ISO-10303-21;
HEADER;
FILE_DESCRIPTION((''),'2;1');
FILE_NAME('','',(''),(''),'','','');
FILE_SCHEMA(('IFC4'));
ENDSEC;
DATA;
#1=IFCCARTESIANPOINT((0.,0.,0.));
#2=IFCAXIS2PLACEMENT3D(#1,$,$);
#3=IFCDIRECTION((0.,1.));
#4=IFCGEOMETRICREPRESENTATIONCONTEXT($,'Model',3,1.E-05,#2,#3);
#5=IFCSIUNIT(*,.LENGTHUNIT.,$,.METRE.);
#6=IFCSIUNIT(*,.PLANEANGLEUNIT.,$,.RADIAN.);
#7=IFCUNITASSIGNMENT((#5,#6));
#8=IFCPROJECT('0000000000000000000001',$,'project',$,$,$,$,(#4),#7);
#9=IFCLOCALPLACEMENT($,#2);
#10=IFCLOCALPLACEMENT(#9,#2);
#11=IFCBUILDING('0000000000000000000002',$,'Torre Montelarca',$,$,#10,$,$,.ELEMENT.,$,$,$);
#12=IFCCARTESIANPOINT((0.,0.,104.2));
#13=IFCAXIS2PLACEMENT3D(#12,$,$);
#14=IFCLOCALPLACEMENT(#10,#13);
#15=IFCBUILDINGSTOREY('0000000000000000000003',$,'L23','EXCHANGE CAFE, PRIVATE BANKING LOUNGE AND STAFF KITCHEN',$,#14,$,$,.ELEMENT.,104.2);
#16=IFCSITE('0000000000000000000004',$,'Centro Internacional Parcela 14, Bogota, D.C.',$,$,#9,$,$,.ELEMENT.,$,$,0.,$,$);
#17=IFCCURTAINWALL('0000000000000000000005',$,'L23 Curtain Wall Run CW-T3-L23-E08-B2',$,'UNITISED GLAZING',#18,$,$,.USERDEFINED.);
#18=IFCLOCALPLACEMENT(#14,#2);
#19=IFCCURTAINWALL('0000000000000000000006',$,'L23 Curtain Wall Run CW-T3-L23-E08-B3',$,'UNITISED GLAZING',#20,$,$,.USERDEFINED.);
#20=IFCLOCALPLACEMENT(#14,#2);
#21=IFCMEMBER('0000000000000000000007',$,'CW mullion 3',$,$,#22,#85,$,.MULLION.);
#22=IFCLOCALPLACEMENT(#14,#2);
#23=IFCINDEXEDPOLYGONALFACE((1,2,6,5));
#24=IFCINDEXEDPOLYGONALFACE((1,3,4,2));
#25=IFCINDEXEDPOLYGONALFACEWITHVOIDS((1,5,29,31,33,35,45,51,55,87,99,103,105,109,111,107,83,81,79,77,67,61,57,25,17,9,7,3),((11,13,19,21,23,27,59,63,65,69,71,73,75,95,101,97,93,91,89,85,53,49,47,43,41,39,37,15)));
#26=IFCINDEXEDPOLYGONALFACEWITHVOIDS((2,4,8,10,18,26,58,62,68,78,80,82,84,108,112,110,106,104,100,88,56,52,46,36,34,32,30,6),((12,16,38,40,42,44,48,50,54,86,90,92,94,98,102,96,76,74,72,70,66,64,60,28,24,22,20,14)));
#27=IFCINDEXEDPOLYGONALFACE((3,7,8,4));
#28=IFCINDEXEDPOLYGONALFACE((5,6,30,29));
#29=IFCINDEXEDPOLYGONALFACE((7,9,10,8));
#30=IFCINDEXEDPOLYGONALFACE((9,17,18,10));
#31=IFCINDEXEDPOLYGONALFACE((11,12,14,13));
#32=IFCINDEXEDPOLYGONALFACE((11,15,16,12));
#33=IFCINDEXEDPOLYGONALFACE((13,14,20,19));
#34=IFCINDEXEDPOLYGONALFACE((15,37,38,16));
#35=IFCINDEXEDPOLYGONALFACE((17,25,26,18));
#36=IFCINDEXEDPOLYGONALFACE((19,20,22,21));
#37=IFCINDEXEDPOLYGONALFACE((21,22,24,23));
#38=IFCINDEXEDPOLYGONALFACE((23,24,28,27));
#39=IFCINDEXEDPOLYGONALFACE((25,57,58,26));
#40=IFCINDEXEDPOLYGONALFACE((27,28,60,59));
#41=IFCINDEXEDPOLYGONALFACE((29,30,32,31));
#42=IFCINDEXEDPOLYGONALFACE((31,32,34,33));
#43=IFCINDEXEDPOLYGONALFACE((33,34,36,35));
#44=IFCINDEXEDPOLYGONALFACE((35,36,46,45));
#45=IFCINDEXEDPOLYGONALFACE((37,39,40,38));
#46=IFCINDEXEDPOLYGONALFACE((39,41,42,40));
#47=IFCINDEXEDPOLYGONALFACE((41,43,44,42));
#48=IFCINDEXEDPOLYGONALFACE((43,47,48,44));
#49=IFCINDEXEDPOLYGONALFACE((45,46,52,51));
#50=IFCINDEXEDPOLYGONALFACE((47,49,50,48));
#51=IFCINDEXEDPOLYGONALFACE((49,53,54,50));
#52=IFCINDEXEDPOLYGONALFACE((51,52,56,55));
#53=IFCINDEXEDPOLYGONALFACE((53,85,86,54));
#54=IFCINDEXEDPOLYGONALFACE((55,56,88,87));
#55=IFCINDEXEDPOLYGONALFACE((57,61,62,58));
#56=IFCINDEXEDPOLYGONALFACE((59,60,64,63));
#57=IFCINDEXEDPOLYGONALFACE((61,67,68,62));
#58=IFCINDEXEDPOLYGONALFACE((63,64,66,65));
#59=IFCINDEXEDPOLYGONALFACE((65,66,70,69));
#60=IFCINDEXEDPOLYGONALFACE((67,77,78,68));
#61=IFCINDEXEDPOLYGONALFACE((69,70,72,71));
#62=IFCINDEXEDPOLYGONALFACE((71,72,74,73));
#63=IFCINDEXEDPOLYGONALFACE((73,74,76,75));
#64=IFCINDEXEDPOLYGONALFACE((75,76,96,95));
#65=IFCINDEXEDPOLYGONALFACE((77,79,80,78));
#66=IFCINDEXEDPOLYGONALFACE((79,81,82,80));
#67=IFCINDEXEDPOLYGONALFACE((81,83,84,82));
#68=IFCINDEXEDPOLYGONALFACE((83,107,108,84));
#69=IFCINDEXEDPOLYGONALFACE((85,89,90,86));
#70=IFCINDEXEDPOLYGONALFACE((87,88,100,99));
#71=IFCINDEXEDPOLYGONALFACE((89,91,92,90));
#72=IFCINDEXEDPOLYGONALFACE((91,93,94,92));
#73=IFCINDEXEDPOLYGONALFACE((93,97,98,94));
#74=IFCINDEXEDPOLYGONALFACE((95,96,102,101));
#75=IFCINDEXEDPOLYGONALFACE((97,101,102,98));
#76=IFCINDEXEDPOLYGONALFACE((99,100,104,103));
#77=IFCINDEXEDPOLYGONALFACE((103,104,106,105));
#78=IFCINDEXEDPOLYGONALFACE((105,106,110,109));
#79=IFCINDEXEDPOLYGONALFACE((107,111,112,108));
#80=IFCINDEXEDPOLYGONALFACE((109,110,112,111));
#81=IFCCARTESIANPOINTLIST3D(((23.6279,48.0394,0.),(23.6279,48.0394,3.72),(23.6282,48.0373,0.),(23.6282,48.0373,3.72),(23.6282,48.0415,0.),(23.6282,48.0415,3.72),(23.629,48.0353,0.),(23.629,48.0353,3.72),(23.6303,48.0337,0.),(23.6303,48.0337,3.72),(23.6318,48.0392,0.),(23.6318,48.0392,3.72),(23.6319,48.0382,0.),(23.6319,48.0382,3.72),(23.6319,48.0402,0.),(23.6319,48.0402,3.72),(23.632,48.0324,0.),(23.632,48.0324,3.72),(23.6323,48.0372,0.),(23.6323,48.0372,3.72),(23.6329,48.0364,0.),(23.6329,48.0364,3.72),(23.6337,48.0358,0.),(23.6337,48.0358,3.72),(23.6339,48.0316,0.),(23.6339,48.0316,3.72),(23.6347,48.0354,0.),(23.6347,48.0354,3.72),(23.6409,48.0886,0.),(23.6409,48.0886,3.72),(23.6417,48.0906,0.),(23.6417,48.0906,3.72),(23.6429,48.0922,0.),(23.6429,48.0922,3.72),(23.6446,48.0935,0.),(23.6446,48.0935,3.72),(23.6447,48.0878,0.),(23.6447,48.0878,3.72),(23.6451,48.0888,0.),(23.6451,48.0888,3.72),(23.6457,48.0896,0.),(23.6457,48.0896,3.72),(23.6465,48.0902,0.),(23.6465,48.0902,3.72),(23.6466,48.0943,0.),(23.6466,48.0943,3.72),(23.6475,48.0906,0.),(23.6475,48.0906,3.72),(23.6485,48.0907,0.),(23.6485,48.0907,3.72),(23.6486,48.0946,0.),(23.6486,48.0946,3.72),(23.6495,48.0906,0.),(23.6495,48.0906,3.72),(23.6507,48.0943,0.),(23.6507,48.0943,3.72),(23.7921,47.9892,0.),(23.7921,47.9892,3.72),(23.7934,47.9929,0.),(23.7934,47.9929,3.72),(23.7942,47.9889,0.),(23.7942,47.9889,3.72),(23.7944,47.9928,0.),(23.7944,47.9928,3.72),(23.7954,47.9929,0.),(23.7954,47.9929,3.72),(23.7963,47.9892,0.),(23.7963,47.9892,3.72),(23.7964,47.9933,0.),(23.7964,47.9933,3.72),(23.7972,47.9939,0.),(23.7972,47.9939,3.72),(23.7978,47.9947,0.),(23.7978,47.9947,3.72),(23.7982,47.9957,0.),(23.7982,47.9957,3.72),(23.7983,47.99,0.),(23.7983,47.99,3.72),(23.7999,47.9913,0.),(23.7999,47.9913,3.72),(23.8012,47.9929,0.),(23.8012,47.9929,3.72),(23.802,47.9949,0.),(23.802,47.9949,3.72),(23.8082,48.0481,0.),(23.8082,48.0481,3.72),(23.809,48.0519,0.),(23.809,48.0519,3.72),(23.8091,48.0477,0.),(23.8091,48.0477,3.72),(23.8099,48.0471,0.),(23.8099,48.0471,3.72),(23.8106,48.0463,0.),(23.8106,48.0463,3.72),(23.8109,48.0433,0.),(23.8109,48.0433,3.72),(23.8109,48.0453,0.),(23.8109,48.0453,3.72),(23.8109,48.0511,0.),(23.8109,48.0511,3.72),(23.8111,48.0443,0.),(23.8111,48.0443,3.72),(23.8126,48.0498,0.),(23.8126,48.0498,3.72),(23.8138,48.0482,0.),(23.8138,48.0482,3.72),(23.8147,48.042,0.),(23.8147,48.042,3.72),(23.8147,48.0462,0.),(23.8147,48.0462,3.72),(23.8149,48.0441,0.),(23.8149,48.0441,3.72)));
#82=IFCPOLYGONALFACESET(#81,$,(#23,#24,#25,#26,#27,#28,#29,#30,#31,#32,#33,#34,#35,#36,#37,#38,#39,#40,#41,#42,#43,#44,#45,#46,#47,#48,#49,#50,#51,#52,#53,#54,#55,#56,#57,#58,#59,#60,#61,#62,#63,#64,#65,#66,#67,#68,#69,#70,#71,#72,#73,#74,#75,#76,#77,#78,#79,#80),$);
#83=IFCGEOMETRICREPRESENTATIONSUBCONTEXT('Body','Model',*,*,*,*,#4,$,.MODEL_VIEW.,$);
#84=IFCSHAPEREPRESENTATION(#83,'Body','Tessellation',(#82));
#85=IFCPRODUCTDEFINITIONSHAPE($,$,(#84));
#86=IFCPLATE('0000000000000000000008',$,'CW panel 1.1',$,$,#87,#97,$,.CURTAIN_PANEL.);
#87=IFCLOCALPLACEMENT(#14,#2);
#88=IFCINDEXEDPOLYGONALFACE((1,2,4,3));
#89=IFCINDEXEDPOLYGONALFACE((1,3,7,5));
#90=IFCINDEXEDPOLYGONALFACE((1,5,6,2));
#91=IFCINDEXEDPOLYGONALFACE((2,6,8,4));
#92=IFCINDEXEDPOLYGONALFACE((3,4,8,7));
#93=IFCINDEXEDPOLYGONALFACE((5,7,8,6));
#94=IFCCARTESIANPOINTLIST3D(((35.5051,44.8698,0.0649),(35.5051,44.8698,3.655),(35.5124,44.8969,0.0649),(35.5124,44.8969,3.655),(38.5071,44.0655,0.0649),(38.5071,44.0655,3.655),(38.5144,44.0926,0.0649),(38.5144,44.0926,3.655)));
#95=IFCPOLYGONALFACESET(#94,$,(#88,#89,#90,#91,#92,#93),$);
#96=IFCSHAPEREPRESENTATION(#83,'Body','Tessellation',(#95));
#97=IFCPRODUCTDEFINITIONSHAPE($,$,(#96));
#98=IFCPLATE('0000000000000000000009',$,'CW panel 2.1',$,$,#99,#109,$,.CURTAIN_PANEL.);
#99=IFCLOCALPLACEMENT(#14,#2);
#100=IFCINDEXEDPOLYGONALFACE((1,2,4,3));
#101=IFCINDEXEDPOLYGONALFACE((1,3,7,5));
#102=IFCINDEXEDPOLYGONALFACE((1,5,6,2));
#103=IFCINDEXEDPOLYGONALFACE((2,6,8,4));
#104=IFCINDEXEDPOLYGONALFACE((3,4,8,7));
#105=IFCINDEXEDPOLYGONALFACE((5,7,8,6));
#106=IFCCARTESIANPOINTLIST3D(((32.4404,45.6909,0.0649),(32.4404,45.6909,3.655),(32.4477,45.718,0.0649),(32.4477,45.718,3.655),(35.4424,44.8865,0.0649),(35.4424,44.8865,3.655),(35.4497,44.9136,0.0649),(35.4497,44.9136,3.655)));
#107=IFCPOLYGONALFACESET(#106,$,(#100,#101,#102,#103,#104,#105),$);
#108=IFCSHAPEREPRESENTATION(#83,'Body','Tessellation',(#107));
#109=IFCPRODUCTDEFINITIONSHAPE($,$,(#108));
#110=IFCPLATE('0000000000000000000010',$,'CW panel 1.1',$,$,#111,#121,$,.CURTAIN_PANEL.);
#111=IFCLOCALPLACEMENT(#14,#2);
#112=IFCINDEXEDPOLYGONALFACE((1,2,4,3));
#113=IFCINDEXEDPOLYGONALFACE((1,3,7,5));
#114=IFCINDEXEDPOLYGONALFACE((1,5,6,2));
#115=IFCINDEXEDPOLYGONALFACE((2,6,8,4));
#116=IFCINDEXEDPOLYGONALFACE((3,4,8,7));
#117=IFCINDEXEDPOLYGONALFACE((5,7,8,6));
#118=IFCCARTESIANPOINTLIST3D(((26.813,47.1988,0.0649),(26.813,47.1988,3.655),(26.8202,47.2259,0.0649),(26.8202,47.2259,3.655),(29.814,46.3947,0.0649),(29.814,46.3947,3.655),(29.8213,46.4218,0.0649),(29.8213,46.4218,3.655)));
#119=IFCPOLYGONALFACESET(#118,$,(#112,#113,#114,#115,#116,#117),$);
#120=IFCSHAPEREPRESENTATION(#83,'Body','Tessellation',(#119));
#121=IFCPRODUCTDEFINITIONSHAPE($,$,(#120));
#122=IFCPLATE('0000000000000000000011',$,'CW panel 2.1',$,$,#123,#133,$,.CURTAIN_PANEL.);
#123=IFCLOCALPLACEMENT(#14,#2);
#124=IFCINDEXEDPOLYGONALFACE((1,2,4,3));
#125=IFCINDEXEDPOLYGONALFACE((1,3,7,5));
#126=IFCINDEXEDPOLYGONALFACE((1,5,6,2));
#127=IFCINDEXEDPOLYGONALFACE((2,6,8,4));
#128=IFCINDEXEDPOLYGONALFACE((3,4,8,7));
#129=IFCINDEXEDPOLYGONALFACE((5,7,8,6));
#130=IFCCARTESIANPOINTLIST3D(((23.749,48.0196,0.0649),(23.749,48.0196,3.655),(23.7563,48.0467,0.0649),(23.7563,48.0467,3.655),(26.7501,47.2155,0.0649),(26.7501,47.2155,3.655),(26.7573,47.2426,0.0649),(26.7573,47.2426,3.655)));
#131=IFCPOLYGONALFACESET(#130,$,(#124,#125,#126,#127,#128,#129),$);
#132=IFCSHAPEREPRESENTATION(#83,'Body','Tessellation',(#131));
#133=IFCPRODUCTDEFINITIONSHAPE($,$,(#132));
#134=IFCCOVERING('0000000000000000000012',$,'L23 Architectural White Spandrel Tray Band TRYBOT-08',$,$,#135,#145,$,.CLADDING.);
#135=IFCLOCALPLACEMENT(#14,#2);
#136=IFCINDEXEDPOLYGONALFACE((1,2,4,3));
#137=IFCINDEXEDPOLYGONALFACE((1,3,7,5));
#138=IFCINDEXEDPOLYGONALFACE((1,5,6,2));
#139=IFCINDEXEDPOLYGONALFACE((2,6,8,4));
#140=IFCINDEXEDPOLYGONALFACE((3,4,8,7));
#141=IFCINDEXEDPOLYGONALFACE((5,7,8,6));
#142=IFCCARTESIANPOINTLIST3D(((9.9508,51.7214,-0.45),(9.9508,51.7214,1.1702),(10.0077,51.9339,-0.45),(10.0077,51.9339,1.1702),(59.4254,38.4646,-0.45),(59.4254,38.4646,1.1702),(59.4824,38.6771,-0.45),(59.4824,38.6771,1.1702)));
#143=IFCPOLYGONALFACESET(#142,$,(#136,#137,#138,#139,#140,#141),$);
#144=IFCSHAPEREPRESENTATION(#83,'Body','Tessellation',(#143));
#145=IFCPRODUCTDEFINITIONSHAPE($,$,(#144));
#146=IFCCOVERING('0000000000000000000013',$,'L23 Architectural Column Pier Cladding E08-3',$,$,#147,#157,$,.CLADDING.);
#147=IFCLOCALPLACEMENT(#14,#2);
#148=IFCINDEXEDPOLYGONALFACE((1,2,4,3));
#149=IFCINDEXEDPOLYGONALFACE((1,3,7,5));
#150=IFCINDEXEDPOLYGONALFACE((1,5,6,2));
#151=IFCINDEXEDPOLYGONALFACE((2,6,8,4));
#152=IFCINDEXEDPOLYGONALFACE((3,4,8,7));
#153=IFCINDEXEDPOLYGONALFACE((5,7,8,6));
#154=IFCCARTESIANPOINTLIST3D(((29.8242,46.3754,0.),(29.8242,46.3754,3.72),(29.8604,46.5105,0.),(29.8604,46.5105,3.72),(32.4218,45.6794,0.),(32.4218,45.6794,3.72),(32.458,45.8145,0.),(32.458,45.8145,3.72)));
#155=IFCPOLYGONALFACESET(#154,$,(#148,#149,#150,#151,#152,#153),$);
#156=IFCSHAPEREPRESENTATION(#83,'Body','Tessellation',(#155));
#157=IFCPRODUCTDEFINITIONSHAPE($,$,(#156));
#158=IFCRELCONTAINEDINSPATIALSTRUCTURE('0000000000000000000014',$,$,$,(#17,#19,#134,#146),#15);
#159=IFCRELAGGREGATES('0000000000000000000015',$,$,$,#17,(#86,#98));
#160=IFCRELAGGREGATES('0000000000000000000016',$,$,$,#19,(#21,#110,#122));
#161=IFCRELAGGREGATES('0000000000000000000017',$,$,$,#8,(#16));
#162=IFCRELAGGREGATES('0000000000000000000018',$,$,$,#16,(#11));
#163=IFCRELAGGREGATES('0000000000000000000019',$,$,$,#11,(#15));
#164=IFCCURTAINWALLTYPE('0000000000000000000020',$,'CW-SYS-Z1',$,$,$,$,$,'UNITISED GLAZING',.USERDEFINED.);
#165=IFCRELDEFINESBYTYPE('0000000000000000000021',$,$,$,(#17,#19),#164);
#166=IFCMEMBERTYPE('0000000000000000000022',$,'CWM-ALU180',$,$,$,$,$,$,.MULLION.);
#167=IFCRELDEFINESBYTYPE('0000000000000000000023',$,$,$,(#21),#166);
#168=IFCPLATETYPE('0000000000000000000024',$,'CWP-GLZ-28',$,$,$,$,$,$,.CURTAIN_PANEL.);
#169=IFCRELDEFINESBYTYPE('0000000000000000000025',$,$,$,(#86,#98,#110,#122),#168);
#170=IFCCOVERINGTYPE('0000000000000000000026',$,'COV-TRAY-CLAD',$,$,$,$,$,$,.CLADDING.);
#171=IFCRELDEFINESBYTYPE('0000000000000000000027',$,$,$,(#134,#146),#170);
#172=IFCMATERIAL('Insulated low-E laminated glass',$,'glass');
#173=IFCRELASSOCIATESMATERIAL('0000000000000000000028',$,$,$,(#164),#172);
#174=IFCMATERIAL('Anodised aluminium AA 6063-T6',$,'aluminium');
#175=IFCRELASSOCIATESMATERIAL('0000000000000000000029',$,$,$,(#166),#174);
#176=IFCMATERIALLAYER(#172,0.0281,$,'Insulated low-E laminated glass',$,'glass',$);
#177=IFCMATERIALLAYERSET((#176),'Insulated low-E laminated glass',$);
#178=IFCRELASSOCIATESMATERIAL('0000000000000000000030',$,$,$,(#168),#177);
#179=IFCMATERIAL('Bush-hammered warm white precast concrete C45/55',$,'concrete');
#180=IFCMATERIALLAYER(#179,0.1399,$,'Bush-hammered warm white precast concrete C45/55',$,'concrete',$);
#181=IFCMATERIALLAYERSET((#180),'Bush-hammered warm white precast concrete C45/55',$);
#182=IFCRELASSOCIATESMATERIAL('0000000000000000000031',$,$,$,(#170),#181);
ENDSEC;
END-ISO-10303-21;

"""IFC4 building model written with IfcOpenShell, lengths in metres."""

from ifc_helpers import new_model, si_unit, direction, frame, origin, origin_2d, place, context, subcontext, project, spatial, rectangle, hollow_rectangle, extrude, source, transform, mapped, material, layer, layer_set, material_profile, profile_set, type_object, element, aggregate, save


model = new_model("IFC4")

# Units and contexts
model_context = context("Model", 3, precision=1e-05, world=origin(), true_north=direction((0.0, 1.0)))
body_context = subcontext(model_context, "Body", "Model", "MODEL_VIEW")
ifc_project = project(units=[si_unit("LENGTHUNIT", "METRE"), si_unit("PLANEANGLEUNIT", "RADIAN")], contexts=[model_context])

# Site, building, storey
site_placement = place(None, origin())
site = spatial("IfcSite", under=ifc_project, at=site_placement, Name="Centro Internacional Parcela 14, Bogota, D.C.", CompositionType="ELEMENT", RefElevation=0.0)
building_placement = place(site_placement, origin())
building = spatial("IfcBuilding", under=site, at=building_placement, Name="Torre Montelarca", CompositionType="ELEMENT")
storey_placement = place(building_placement, frame((0.0, 0.0, 104.2)))
storey = spatial("IfcBuildingStorey", under=building, at=storey_placement, Name="L23", Description="EXCHANGE CAFE, PRIVATE BANKING LOUNGE AND STAFF KITCHEN", CompositionType="ELEMENT", Elevation=104.2)

# Curtain walls
ifc_material_1 = material(Name="Insulated low-E laminated glass", Category="glass")
curtain_wall_type = type_object("IfcCurtainWallType", Name="CW-SYS-Z1", ElementType="UNITISED GLAZING", PredefinedType="USERDEFINED", material=ifc_material_1)
curtain_wall_1_placement = place(storey_placement, origin())
curtain_wall_1 = element("IfcCurtainWall", 1, at=curtain_wall_1_placement, inside=storey, type_object=curtain_wall_type, Name="L23 Curtain Wall Run CW-T3-L23-E08-B2", ObjectType="UNITISED GLAZING", PredefinedType="USERDEFINED")
ifc_material_2 = material(Name="Anodised aluminium AA 6063-T6", Category="aluminium")
curtain_wall_2_placement = place(storey_placement, origin())
curtain_wall_2 = element("IfcCurtainWall", 2, at=curtain_wall_2_placement, inside=storey, type_object=curtain_wall_type, Name="L23 Curtain Wall Run CW-T3-L23-E08-B3", ObjectType="UNITISED GLAZING", PredefinedType="USERDEFINED")

# Member
ifc_material_profile_1 = material_profile(ifc_material_2, hollow_rectangle(XDim=0.0649, YDim=0.1799, WallThickness=0.0039, InnerFilletRadius=0.0039, OuterFilletRadius=0.0081, at=origin_2d()), Name="ALU65X180X4", Category="aluminium")
ifc_profile_set_1 = profile_set([ifc_material_profile_1], Name="Anodised aluminium AA 6063-T6")
member_type_1 = type_object("IfcMemberType", Name="CWM-ALU180", PredefinedType="MULLION", material=ifc_profile_set_1)
shared_shape_1 = source(origin(), body_context, "Body", "SweptSolid", [
    extrude(hollow_rectangle(XDim=0.0649, YDim=0.1799, WallThickness=0.0039, InnerFilletRadius=0.0039, OuterFilletRadius=0.0081, at=origin_2d()), origin(), (0.0, 0.0, 1.0), 3.72),
])
member_1_placement = place(storey_placement, frame((23.7214, 48.0417, 0.0), z_axis=(0.0, 0.0, 1.0), x_axis=(-0.258821, -0.965925, 0.0)))
member_1 = element("IfcMember", 3, at=member_1_placement, type_object=member_type_1, Name="CW mullion 3", PredefinedType="MULLION", context=body_context, shape_type="MappedRepresentation", body=[
    mapped(shared_shape_1, transform((0.0, 0.0, 0.0), scale=1.0)),
])

# Plates
ifc_layer_1 = layer(ifc_material_1, 0.0281, Name="Insulated low-E laminated glass", Category="glass")
ifc_layer_set_1 = layer_set([ifc_layer_1], Name="Insulated low-E laminated glass")
plate_type = type_object("IfcPlateType", Name="CWP-GLZ-28", PredefinedType="CURTAIN_PANEL", material=ifc_layer_set_1)
shared_shape_2 = source(origin(), body_context, "Body", "SweptSolid", [
    extrude(rectangle(XDim=3.1079, YDim=0.0281, at=origin_2d()), origin(), (0.0, 0.0, 1.0), 3.5901),
])
plate_1_placement = place(storey_placement, frame((37.0098, 44.4812, 0.0649), z_axis=(0.0, 0.0, 1.0), x_axis=(-0.965927, 0.258816, 0.0)))
plate_1 = element("IfcPlate", 4, at=plate_1_placement, type_object=plate_type, Name="CW panel 1.1", PredefinedType="CURTAIN_PANEL", context=body_context, shape_type="MappedRepresentation", body=[
    mapped(shared_shape_2, transform((0.0, 0.0, 0.0), scale=1.0)),
])
plate_2_placement = place(storey_placement, frame((33.9451, 45.3022, 0.0649), z_axis=(0.0, 0.0, 1.0), x_axis=(-0.965927, 0.258816, 0.0)))
plate_2 = element("IfcPlate", 5, at=plate_2_placement, type_object=plate_type, Name="CW panel 2.1", PredefinedType="CURTAIN_PANEL", context=body_context, shape_type="MappedRepresentation", body=[
    mapped(shared_shape_2, transform((0.0, 0.0, 0.0), scale=1.0)),
])
aggregate(curtain_wall_1, [plate_1, plate_2])
shared_shape_3 = source(origin(), body_context, "Body", "SweptSolid", [
    extrude(rectangle(XDim=3.1069, YDim=0.0281, at=origin_2d()), origin(), (0.0, 0.0, 1.0), 3.5901),
])
plate_3_placement = place(storey_placement, frame((28.3171, 46.8103, 0.0649), z_axis=(0.0, 0.0, 1.0), x_axis=(-0.965925, 0.258821, 0.0)))
plate_3 = element("IfcPlate", 6, at=plate_3_placement, type_object=plate_type, Name="CW panel 1.1", PredefinedType="CURTAIN_PANEL", context=body_context, shape_type="MappedRepresentation", body=[
    mapped(shared_shape_3, transform((0.0, 0.0, 0.0), scale=1.0)),
])
plate_4_placement = place(storey_placement, frame((25.2532, 47.6311, 0.0649), z_axis=(0.0, 0.0, 1.0), x_axis=(-0.965925, 0.258821, 0.0)))
plate_4 = element("IfcPlate", 7, at=plate_4_placement, type_object=plate_type, Name="CW panel 2.1", PredefinedType="CURTAIN_PANEL", context=body_context, shape_type="MappedRepresentation", body=[
    mapped(shared_shape_3, transform((0.0, 0.0, 0.0), scale=1.0)),
])
aggregate(curtain_wall_2, [member_1, plate_3, plate_4])

# Coverings
ifc_material_3 = material(Name="Bush-hammered warm white precast concrete C45/55", Category="concrete")
ifc_layer_2 = layer(ifc_material_3, 0.1399, Name="Bush-hammered warm white precast concrete C45/55", Category="concrete")
ifc_layer_set_2 = layer_set([ifc_layer_2], Name="Bush-hammered warm white precast concrete C45/55")
covering_type = type_object("IfcCoveringType", Name="COV-TRAY-CLAD", PredefinedType="CLADDING", material=ifc_layer_set_2)
shared_shape_4 = source(origin(), body_context, "Body", "SweptSolid", [
    extrude(rectangle(XDim=51.22, YDim=0.22, at=origin_2d()), origin(), (0.0, 0.0, 1.0), 1.6201),
])
covering_1_placement = place(storey_placement, frame((34.7166, 45.1992, -0.45), z_axis=(0.0, 0.0, 1.0), x_axis=(-0.965925, 0.258821, 0.0)))
element("IfcCovering", 8, at=covering_1_placement, inside=storey, type_object=covering_type, Name="L23 Architectural White Spandrel Tray Band TRYBOT-08", PredefinedType="CLADDING", context=body_context, shape_type="MappedRepresentation", body=[
    mapped(shared_shape_4, transform((0.0, 0.0, 0.0), scale=1.0)),
])
shared_shape_5 = source(origin(), body_context, "Body", "SweptSolid", [
    extrude(rectangle(XDim=2.6892, YDim=0.1399, at=origin_2d()), origin(), (0.0, 0.0, 1.0), 3.72),
])
covering_2_placement = place(storey_placement, frame((31.1411, 46.095, 0.0), z_axis=(0.0, 0.0, 1.0), x_axis=(-0.965925, 0.258821, 0.0)))
element("IfcCovering", 9, at=covering_2_placement, inside=storey, type_object=covering_type, Name="L23 Architectural Column Pier Cladding E08-3", PredefinedType="CLADDING", context=body_context, shape_type="MappedRepresentation", body=[
    mapped(shared_shape_5, transform((0.0, 0.0, 0.0), scale=1.0)),
])

save(model, "model.ifc")
